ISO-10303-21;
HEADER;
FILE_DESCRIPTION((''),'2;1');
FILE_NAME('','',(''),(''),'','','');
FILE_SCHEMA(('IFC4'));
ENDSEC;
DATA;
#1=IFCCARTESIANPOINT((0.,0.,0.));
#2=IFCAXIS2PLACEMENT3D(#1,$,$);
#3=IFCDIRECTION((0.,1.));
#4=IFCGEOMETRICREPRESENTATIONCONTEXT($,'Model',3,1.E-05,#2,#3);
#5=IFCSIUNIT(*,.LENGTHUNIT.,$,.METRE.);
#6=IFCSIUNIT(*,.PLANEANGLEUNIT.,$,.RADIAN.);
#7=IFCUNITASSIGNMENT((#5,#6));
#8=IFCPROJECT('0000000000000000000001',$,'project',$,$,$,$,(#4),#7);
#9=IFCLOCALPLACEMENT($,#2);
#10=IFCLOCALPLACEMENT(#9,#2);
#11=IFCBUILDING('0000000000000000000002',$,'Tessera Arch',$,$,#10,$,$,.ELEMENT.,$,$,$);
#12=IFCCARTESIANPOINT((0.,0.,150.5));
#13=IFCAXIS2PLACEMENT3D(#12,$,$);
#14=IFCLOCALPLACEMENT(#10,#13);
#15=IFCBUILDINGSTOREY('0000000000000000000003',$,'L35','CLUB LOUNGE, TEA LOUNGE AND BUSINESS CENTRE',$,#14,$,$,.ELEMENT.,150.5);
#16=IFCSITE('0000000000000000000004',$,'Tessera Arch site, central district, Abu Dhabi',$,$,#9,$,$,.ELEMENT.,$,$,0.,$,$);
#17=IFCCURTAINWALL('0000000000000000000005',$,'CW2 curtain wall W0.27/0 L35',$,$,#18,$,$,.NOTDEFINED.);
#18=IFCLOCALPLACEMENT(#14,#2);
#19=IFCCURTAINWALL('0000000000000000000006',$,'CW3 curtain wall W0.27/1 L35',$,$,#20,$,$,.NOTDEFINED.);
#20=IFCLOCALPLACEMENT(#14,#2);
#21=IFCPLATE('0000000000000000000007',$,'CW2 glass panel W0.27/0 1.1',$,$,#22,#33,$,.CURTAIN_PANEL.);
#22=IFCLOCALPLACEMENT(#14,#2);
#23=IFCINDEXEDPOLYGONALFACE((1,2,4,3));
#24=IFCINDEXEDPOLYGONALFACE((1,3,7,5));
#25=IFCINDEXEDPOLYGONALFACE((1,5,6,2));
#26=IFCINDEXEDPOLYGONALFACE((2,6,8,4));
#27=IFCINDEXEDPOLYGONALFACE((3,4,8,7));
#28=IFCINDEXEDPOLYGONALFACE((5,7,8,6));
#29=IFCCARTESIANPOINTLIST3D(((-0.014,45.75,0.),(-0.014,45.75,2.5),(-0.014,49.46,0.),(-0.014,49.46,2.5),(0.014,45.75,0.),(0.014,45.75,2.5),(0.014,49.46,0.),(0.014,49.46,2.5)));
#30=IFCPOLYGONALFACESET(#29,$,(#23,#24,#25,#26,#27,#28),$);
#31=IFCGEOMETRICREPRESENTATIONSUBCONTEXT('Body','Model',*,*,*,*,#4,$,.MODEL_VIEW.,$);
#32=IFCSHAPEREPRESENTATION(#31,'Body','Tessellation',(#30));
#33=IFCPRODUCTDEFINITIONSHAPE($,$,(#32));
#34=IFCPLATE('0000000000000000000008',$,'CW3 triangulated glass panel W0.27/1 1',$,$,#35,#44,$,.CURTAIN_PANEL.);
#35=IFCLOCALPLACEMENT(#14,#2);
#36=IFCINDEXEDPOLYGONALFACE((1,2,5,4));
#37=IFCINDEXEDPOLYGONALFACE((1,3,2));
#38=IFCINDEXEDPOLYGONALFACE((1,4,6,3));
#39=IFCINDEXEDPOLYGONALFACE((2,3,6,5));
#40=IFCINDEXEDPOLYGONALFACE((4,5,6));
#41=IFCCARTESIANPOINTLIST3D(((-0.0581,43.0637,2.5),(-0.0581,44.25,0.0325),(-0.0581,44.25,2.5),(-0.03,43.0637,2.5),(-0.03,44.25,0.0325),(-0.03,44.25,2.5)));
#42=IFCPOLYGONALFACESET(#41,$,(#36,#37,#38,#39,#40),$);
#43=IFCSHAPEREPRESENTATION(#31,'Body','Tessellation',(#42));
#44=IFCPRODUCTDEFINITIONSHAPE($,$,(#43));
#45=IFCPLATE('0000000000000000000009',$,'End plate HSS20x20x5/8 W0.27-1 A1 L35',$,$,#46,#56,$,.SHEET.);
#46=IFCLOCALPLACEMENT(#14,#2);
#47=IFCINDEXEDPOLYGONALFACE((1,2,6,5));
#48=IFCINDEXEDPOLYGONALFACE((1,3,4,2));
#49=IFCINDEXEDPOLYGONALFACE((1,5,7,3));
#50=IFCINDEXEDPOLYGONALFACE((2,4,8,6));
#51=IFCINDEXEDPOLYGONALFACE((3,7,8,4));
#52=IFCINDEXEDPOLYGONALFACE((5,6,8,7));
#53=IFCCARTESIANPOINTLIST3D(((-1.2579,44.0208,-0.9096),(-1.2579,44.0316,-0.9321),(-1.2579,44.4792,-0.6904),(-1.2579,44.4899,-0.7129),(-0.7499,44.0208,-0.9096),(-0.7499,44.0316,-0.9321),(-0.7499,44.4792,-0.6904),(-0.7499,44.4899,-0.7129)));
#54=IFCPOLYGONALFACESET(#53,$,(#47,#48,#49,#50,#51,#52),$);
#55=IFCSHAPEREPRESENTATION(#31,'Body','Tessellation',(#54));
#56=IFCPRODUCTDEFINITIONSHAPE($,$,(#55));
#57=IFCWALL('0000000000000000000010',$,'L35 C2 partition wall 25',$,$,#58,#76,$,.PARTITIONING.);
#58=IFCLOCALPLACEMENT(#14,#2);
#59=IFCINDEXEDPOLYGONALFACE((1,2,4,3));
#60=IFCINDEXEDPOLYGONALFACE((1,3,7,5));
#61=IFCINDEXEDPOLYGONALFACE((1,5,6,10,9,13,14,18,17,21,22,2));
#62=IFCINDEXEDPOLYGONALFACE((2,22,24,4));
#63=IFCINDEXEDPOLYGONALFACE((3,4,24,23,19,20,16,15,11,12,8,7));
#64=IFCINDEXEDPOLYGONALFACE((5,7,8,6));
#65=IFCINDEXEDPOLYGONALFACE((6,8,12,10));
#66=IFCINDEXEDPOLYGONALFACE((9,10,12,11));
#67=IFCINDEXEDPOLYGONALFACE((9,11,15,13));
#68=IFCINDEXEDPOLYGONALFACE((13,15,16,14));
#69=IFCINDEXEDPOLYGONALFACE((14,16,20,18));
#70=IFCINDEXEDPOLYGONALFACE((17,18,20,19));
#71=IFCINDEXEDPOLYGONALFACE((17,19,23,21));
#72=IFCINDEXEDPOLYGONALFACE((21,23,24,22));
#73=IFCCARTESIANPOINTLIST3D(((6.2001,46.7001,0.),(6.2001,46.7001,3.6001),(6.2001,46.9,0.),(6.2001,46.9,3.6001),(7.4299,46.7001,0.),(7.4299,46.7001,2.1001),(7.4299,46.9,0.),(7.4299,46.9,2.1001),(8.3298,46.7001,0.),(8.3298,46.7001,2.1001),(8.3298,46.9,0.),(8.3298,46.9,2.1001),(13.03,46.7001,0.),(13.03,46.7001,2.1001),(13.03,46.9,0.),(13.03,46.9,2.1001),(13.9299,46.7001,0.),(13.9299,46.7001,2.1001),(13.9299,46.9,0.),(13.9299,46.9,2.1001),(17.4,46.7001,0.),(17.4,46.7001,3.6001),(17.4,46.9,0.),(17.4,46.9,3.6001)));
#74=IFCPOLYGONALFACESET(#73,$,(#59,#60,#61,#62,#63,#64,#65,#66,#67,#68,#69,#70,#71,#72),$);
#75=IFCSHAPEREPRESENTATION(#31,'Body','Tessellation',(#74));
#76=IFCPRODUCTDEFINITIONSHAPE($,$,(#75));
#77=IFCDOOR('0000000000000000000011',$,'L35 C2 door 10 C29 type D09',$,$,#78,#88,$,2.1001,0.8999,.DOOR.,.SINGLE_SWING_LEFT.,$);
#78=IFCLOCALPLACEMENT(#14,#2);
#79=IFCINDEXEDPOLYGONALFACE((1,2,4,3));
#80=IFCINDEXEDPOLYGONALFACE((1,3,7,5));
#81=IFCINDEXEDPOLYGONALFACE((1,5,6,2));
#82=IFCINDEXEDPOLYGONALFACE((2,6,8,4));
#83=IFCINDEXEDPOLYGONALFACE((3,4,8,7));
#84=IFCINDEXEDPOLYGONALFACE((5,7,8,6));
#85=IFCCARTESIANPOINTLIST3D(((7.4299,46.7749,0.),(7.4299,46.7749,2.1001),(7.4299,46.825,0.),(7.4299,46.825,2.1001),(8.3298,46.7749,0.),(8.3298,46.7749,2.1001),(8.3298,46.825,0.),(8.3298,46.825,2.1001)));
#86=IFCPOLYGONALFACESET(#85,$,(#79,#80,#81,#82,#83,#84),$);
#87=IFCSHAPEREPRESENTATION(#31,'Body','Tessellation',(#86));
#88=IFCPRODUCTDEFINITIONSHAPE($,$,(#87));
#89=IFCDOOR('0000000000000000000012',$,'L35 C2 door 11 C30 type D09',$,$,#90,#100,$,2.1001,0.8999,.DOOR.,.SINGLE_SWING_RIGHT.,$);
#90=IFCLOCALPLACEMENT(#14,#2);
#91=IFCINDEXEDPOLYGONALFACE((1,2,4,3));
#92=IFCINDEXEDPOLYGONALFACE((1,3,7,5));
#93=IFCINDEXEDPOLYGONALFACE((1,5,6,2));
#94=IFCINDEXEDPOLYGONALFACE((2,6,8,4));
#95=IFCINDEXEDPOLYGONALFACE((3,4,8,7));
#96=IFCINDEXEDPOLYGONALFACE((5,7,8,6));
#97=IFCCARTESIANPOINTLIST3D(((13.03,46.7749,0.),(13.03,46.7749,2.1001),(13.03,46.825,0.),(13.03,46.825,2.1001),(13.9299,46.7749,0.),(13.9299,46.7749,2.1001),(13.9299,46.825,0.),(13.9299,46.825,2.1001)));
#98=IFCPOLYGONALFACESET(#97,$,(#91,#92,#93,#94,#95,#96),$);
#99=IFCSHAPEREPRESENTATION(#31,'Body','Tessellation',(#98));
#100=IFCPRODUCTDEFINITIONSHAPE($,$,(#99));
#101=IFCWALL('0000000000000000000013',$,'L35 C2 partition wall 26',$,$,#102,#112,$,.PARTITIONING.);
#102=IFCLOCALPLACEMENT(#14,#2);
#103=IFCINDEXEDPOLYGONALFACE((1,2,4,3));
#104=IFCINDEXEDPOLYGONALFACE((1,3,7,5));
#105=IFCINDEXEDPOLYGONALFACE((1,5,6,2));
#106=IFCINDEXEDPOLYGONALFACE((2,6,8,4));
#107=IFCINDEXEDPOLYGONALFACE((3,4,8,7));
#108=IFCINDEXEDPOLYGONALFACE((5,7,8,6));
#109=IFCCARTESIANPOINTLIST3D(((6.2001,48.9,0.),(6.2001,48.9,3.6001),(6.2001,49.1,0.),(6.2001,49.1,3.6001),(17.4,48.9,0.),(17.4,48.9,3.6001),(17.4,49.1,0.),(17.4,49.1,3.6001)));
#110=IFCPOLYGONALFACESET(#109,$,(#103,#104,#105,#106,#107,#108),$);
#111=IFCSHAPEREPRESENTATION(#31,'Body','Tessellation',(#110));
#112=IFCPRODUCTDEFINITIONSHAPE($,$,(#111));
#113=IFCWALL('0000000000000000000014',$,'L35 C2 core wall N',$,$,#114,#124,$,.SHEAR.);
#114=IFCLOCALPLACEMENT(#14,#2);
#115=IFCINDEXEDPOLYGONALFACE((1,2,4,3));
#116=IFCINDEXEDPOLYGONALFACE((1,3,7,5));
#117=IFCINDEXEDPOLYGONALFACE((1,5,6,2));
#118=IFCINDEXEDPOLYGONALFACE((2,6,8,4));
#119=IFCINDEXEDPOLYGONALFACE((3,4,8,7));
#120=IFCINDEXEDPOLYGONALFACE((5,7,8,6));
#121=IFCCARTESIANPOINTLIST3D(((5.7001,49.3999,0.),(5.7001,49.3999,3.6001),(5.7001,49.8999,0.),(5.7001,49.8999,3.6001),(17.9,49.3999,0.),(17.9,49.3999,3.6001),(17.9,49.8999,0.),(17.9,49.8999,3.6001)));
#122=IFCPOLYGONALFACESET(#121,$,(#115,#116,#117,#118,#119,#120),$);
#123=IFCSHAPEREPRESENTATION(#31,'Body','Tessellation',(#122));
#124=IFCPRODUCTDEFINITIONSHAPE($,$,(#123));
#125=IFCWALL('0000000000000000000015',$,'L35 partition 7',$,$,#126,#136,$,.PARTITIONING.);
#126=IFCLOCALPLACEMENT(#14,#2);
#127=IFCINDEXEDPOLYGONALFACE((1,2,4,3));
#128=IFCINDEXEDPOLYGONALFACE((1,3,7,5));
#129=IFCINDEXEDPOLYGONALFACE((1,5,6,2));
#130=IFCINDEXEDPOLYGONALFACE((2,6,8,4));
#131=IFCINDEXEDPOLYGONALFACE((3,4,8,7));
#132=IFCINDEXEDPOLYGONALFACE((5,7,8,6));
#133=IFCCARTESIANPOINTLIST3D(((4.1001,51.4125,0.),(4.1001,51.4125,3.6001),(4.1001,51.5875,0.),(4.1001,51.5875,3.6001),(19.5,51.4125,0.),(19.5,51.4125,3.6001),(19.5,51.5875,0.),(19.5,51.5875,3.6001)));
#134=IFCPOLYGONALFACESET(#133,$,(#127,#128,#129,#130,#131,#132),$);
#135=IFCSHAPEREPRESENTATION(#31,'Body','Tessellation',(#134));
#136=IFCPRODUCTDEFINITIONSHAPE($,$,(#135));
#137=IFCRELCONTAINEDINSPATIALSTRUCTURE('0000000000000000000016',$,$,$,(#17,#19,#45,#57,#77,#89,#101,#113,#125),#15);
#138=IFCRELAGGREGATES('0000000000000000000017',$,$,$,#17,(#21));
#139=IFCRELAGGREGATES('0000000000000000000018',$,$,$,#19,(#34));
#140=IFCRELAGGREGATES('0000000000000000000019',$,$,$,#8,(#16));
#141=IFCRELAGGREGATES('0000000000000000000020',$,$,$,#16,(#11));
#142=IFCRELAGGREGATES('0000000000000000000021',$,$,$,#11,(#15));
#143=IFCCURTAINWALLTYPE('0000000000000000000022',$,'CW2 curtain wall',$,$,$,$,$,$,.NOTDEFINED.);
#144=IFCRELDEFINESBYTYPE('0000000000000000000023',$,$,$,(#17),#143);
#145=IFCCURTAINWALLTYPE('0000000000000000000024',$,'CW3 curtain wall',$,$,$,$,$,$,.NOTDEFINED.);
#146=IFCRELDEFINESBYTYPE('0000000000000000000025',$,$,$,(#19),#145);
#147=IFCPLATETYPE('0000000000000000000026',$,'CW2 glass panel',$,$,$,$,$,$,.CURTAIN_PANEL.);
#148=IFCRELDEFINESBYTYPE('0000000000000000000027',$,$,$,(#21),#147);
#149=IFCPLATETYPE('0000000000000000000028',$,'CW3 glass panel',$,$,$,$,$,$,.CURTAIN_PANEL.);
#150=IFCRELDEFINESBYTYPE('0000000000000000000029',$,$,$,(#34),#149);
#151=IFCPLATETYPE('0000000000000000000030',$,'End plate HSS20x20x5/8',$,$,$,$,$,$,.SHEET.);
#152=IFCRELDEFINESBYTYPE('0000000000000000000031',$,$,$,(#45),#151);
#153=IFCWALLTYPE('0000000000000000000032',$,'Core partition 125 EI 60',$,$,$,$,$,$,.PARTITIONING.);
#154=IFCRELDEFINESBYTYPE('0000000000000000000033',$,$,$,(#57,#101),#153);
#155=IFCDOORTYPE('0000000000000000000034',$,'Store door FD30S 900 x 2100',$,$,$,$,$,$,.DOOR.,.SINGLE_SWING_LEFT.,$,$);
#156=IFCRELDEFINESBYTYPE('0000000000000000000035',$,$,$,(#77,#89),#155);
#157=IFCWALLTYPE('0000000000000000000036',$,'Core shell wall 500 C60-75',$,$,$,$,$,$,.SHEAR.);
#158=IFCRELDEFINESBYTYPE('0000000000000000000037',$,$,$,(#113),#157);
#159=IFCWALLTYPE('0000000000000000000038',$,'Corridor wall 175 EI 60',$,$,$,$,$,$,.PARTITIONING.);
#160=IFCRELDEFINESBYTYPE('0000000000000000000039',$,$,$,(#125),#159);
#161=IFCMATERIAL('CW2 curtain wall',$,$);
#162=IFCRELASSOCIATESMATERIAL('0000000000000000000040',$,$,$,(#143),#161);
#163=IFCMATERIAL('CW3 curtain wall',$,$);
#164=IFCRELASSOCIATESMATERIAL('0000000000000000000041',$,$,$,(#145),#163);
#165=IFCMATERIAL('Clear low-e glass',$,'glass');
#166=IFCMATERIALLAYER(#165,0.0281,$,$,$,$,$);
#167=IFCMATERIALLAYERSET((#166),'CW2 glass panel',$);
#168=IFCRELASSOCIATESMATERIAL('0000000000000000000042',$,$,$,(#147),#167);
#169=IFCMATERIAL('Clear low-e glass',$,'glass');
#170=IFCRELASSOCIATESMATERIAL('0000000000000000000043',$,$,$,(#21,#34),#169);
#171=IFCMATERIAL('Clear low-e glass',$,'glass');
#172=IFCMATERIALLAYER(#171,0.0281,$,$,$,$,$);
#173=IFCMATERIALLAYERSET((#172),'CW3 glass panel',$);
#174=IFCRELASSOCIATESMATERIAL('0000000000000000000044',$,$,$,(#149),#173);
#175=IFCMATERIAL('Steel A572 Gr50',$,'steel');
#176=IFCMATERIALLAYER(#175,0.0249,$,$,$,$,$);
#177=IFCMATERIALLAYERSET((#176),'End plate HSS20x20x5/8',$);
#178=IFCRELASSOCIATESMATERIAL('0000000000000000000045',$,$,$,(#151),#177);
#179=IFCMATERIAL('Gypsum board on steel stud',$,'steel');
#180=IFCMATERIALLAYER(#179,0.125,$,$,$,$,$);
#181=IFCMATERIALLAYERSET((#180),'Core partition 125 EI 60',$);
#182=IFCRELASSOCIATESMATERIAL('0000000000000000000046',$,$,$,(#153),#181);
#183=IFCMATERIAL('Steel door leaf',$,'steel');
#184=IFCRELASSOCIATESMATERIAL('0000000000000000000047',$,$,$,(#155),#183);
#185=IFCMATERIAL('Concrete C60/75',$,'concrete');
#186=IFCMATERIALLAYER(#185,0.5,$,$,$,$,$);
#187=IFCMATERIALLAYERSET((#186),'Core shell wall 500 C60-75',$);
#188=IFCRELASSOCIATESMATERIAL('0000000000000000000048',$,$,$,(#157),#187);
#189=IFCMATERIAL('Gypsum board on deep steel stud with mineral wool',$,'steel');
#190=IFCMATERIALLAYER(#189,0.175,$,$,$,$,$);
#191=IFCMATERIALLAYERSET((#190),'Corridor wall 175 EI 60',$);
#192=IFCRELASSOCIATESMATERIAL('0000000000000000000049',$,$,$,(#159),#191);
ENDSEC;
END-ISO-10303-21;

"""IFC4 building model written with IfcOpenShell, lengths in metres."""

from ifc_helpers import new_model, si_unit, direction, frame, frame_2d, origin, origin_2d, place, context, subcontext, project, spatial, polyline, rectangle, outline, extrude, material, layer, layer_set, type_object, element, fill, aggregate, save


model = new_model("IFC4")

# Units and contexts
model_context = context("Model", 3, precision=1e-05, world=origin(), true_north=direction((0.0, 1.0)))
body_context = subcontext(model_context, "Body", "Model", "MODEL_VIEW")
ifc_project = project(units=[si_unit("LENGTHUNIT", "METRE"), si_unit("PLANEANGLEUNIT", "RADIAN")], contexts=[model_context])

# Site, building, storey
site_placement = place(None, origin())
site = spatial("IfcSite", under=ifc_project, at=site_placement, Name="Tessera Arch site, central district, Abu Dhabi", CompositionType="ELEMENT", RefElevation=0.0)
building_placement = place(site_placement, origin())
building = spatial("IfcBuilding", under=site, at=building_placement, Name="Tessera Arch", CompositionType="ELEMENT")
storey_placement = place(building_placement, frame((0.0, 0.0, 150.5)))
storey = spatial("IfcBuildingStorey", under=building, at=storey_placement, Name="L35", Description="CLUB LOUNGE, TEA LOUNGE AND BUSINESS CENTRE", CompositionType="ELEMENT", Elevation=150.5)

# Curtain walls
ifc_material_1 = material(Name="CW2 curtain wall")
curtain_wall_type_1 = type_object("IfcCurtainWallType", Name="CW2 curtain wall", PredefinedType="NOTDEFINED", material=ifc_material_1)
curtain_wall_1_placement = place(storey_placement, origin())
curtain_wall_1 = element("IfcCurtainWall", 1, at=curtain_wall_1_placement, inside=storey, type_object=curtain_wall_type_1, Name="CW2 curtain wall W0.27/0 L35", PredefinedType="NOTDEFINED")
ifc_material_2 = material(Name="CW3 curtain wall")
curtain_wall_type_2 = type_object("IfcCurtainWallType", Name="CW3 curtain wall", PredefinedType="NOTDEFINED", material=ifc_material_2)
curtain_wall_2_placement = place(storey_placement, origin())
curtain_wall_2 = element("IfcCurtainWall", 2, at=curtain_wall_2_placement, inside=storey, type_object=curtain_wall_type_2, Name="CW3 curtain wall W0.27/1 L35", PredefinedType="NOTDEFINED")

# Plates
ifc_material_3 = material(Name="Clear low-e glass", Category="glass")
ifc_material_4 = material(Name="Clear low-e glass", Category="glass")
ifc_layer_1 = layer(ifc_material_4, 0.0281)
ifc_layer_set_1 = layer_set([ifc_layer_1], Name="CW2 glass panel")
plate_type_1 = type_object("IfcPlateType", Name="CW2 glass panel", PredefinedType="CURTAIN_PANEL", material=ifc_layer_set_1)
plate_1_placement = place(storey_placement, frame((0.0, 47.605, 0.0), z_axis=(0.0, 0.0, 1.0), x_axis=(0.0, -1.0, 0.0)))
plate_1 = element("IfcPlate", 3, at=plate_1_placement, type_object=plate_type_1, material=ifc_material_3, Name="CW2 glass panel W0.27/0 1.1", PredefinedType="CURTAIN_PANEL", context=body_context, shape_type="SweptSolid", body=[
    extrude(rectangle(XDim=3.71, YDim=0.0281, at=origin_2d()), origin(), (0.0, 0.0, 1.0), 2.5),
])
aggregate(curtain_wall_1, [plate_1])
ifc_material_5 = material(Name="Clear low-e glass", Category="glass")
ifc_layer_2 = layer(ifc_material_5, 0.0281)
ifc_layer_set_2 = layer_set([ifc_layer_2], Name="CW3 glass panel")
plate_type_2 = type_object("IfcPlateType", Name="CW3 glass panel", PredefinedType="CURTAIN_PANEL", material=ifc_layer_set_2)
plate_2_placement = place(storey_placement, frame((-0.0581, 44.25, 2.5), z_axis=(-1.0, 0.0, 0.0), x_axis=(0.0, 0.0, -1.0)))
plate_2 = element("IfcPlate", 4, at=plate_2_placement, type_object=plate_type_2, material=ifc_material_3, Name="CW3 triangulated glass panel W0.27/1 1", PredefinedType="CURTAIN_PANEL", context=body_context, shape_type="SweptSolid", body=[
    extrude(outline(polyline([(0.0, 0.0), (2.4675, 0.0), (0.0, 1.1863), (0.0, 0.0)])), origin(), (0.0, 0.0, -1.0), 0.0281),
])
aggregate(curtain_wall_2, [plate_2])
ifc_material_6 = material(Name="Steel A572 Gr50", Category="steel")
ifc_layer_3 = layer(ifc_material_6, 0.0249)
ifc_layer_set_3 = layer_set([ifc_layer_3], Name="End plate HSS20x20x5/8")
plate_type_3 = type_object("IfcPlateType", Name="End plate HSS20x20x5/8", PredefinedType="SHEET", material=ifc_layer_set_3)
plate_3_placement = place(storey_placement, frame((-1.0039, 44.2607, -0.8225), z_axis=(0.0, -0.431455, 0.902134), x_axis=(1.0, 0.0, 0.0)))
element("IfcPlate", 5, at=plate_3_placement, inside=storey, type_object=plate_type_3, Name="End plate HSS20x20x5/8 W0.27-1 A1 L35", PredefinedType="SHEET", context=body_context, shape_type="SweptSolid", body=[
    extrude(rectangle(XDim=0.5081, YDim=0.5081, at=origin_2d()), origin(), (0.0, 0.0, 1.0), 0.0249),
])

# Wall, openings, doors
ifc_material_7 = material(Name="Gypsum board on steel stud", Category="steel")
ifc_layer_4 = layer(ifc_material_7, 0.125)
ifc_layer_set_4 = layer_set([ifc_layer_4], Name="Core partition 125 EI 60")
wall_type_1 = type_object("IfcWallType", Name="Core partition 125 EI 60", PredefinedType="PARTITIONING", material=ifc_layer_set_4)
wall_1_placement = place(storey_placement, frame((6.2, 46.8, 0.0), z_axis=(0.0, 0.0, 1.0), x_axis=(1.0, 0.0, 0.0)))
wall_1 = element("IfcWall", 6, at=wall_1_placement, inside=storey, type_object=wall_type_1, Name="L35 C2 partition wall 25", PredefinedType="PARTITIONING", context=body_context, shape_type="SweptSolid", body=[
    extrude(rectangle(XDim=11.2, YDim=0.2, at=frame_2d((5.6001, 0.0))), origin(), (0.0, 0.0, 1.0), 3.6001),
])
opening_1_placement = place(wall_1_placement, frame((1.23, 0.0, 0.0)))
opening_1 = element("IfcOpeningElement", 7, at=opening_1_placement, cuts=wall_1, PredefinedType="OPENING", context=body_context, shape_type="SweptSolid", body=[
    extrude(rectangle(XDim=0.8999, YDim=2.1001, at=frame_2d((0.45, 1.05))), frame((0.0, 0.1099, 0.0), z_axis=(0.0, -1.0, 0.0), x_axis=(1.0, 0.0, 0.0)), (0.0, 0.0, 1.0), 0.22),
])
opening_2_placement = place(wall_1_placement, frame((6.8301, 0.0, 0.0)))
opening_2 = element("IfcOpeningElement", 8, at=opening_2_placement, cuts=wall_1, PredefinedType="OPENING", context=body_context, shape_type="SweptSolid", body=[
    extrude(rectangle(XDim=0.8999, YDim=2.1001, at=frame_2d((0.45, 1.05))), frame((0.0, 0.1099, 0.0), z_axis=(0.0, -1.0, 0.0), x_axis=(1.0, 0.0, 0.0)), (0.0, 0.0, 1.0), 0.22),
])
ifc_material_8 = material(Name="Steel door leaf", Category="steel")
door_type_1 = type_object("IfcDoorType", Name="Store door FD30S 900 x 2100", OperationType="SINGLE_SWING_LEFT", PredefinedType="DOOR", material=ifc_material_8)
door_1_placement = place(opening_1_placement, origin())
door_1 = element("IfcDoor", 9, at=door_1_placement, inside=storey, type_object=door_type_1, Name="L35 C2 door 10 C29 type D09", OperationType="SINGLE_SWING_LEFT", OverallHeight=2.1001, OverallWidth=0.8999, PredefinedType="DOOR", context=body_context, shape_type="SweptSolid", body=[
    extrude(rectangle(XDim=0.8999, YDim=2.1001, at=frame_2d((0.45, 1.05))), frame((0.0, 0.0249, 0.0), z_axis=(0.0, -1.0, 0.0), x_axis=(1.0, 0.0, 0.0)), (0.0, 0.0, 1.0), 0.05),
])
fill(opening_1, door_1)
door_2_placement = place(opening_2_placement, origin())
door_2 = element("IfcDoor", 10, at=door_2_placement, inside=storey, type_object=door_type_1, Name="L35 C2 door 11 C30 type D09", OperationType="SINGLE_SWING_RIGHT", OverallHeight=2.1001, OverallWidth=0.8999, PredefinedType="DOOR", context=body_context, shape_type="SweptSolid", body=[
    extrude(rectangle(XDim=0.8999, YDim=2.1001, at=frame_2d((0.45, 1.05))), frame((0.0, 0.0249, 0.0), z_axis=(0.0, -1.0, 0.0), x_axis=(1.0, 0.0, 0.0)), (0.0, 0.0, 1.0), 0.05),
])
fill(opening_2, door_2)

# Walls
wall_2_placement = place(storey_placement, frame((6.2, 49.0, 0.0), z_axis=(0.0, 0.0, 1.0), x_axis=(1.0, 0.0, 0.0)))
element("IfcWall", 11, at=wall_2_placement, inside=storey, type_object=wall_type_1, Name="L35 C2 partition wall 26", PredefinedType="PARTITIONING", context=body_context, shape_type="SweptSolid", body=[
    extrude(rectangle(XDim=11.2, YDim=0.2, at=frame_2d((5.6001, 0.0))), origin(), (0.0, 0.0, 1.0), 3.6001),
])
ifc_material_9 = material(Name="Concrete C60/75", Category="concrete")
ifc_layer_5 = layer(ifc_material_9, 0.5)
ifc_layer_set_5 = layer_set([ifc_layer_5], Name="Core shell wall 500 C60-75")
wall_type_2 = type_object("IfcWallType", Name="Core shell wall 500 C60-75", PredefinedType="SHEAR", material=ifc_layer_set_5)
wall_3_placement = place(storey_placement, frame((5.7, 49.6499, 0.0), z_axis=(0.0, 0.0, 1.0), x_axis=(1.0, 0.0, 0.0)))
element("IfcWall", 12, at=wall_3_placement, inside=storey, type_object=wall_type_2, Name="L35 C2 core wall N", PredefinedType="SHEAR", context=body_context, shape_type="SweptSolid", body=[
    extrude(rectangle(XDim=12.2, YDim=0.5, at=frame_2d((6.1001, 0.0))), origin(), (0.0, 0.0, 1.0), 3.6001),
])
ifc_material_10 = material(Name="Gypsum board on deep steel stud with mineral wool", Category="steel")
ifc_layer_6 = layer(ifc_material_10, 0.175)
ifc_layer_set_6 = layer_set([ifc_layer_6], Name="Corridor wall 175 EI 60")
wall_type_3 = type_object("IfcWallType", Name="Corridor wall 175 EI 60", PredefinedType="PARTITIONING", material=ifc_layer_set_6)
wall_4_placement = place(storey_placement, frame((4.1001, 51.5, 0.0), z_axis=(0.0, 0.0, 1.0), x_axis=(1.0, 0.0, 0.0)))
element("IfcWall", 13, at=wall_4_placement, inside=storey, type_object=wall_type_3, Name="L35 partition 7", PredefinedType="PARTITIONING", context=body_context, shape_type="SweptSolid", body=[
    extrude(rectangle(XDim=15.3999, YDim=0.175, at=frame_2d((7.7, 0.0))), origin(), (0.0, 0.0, 1.0), 3.6001),
])

save(model, "model.ifc")
